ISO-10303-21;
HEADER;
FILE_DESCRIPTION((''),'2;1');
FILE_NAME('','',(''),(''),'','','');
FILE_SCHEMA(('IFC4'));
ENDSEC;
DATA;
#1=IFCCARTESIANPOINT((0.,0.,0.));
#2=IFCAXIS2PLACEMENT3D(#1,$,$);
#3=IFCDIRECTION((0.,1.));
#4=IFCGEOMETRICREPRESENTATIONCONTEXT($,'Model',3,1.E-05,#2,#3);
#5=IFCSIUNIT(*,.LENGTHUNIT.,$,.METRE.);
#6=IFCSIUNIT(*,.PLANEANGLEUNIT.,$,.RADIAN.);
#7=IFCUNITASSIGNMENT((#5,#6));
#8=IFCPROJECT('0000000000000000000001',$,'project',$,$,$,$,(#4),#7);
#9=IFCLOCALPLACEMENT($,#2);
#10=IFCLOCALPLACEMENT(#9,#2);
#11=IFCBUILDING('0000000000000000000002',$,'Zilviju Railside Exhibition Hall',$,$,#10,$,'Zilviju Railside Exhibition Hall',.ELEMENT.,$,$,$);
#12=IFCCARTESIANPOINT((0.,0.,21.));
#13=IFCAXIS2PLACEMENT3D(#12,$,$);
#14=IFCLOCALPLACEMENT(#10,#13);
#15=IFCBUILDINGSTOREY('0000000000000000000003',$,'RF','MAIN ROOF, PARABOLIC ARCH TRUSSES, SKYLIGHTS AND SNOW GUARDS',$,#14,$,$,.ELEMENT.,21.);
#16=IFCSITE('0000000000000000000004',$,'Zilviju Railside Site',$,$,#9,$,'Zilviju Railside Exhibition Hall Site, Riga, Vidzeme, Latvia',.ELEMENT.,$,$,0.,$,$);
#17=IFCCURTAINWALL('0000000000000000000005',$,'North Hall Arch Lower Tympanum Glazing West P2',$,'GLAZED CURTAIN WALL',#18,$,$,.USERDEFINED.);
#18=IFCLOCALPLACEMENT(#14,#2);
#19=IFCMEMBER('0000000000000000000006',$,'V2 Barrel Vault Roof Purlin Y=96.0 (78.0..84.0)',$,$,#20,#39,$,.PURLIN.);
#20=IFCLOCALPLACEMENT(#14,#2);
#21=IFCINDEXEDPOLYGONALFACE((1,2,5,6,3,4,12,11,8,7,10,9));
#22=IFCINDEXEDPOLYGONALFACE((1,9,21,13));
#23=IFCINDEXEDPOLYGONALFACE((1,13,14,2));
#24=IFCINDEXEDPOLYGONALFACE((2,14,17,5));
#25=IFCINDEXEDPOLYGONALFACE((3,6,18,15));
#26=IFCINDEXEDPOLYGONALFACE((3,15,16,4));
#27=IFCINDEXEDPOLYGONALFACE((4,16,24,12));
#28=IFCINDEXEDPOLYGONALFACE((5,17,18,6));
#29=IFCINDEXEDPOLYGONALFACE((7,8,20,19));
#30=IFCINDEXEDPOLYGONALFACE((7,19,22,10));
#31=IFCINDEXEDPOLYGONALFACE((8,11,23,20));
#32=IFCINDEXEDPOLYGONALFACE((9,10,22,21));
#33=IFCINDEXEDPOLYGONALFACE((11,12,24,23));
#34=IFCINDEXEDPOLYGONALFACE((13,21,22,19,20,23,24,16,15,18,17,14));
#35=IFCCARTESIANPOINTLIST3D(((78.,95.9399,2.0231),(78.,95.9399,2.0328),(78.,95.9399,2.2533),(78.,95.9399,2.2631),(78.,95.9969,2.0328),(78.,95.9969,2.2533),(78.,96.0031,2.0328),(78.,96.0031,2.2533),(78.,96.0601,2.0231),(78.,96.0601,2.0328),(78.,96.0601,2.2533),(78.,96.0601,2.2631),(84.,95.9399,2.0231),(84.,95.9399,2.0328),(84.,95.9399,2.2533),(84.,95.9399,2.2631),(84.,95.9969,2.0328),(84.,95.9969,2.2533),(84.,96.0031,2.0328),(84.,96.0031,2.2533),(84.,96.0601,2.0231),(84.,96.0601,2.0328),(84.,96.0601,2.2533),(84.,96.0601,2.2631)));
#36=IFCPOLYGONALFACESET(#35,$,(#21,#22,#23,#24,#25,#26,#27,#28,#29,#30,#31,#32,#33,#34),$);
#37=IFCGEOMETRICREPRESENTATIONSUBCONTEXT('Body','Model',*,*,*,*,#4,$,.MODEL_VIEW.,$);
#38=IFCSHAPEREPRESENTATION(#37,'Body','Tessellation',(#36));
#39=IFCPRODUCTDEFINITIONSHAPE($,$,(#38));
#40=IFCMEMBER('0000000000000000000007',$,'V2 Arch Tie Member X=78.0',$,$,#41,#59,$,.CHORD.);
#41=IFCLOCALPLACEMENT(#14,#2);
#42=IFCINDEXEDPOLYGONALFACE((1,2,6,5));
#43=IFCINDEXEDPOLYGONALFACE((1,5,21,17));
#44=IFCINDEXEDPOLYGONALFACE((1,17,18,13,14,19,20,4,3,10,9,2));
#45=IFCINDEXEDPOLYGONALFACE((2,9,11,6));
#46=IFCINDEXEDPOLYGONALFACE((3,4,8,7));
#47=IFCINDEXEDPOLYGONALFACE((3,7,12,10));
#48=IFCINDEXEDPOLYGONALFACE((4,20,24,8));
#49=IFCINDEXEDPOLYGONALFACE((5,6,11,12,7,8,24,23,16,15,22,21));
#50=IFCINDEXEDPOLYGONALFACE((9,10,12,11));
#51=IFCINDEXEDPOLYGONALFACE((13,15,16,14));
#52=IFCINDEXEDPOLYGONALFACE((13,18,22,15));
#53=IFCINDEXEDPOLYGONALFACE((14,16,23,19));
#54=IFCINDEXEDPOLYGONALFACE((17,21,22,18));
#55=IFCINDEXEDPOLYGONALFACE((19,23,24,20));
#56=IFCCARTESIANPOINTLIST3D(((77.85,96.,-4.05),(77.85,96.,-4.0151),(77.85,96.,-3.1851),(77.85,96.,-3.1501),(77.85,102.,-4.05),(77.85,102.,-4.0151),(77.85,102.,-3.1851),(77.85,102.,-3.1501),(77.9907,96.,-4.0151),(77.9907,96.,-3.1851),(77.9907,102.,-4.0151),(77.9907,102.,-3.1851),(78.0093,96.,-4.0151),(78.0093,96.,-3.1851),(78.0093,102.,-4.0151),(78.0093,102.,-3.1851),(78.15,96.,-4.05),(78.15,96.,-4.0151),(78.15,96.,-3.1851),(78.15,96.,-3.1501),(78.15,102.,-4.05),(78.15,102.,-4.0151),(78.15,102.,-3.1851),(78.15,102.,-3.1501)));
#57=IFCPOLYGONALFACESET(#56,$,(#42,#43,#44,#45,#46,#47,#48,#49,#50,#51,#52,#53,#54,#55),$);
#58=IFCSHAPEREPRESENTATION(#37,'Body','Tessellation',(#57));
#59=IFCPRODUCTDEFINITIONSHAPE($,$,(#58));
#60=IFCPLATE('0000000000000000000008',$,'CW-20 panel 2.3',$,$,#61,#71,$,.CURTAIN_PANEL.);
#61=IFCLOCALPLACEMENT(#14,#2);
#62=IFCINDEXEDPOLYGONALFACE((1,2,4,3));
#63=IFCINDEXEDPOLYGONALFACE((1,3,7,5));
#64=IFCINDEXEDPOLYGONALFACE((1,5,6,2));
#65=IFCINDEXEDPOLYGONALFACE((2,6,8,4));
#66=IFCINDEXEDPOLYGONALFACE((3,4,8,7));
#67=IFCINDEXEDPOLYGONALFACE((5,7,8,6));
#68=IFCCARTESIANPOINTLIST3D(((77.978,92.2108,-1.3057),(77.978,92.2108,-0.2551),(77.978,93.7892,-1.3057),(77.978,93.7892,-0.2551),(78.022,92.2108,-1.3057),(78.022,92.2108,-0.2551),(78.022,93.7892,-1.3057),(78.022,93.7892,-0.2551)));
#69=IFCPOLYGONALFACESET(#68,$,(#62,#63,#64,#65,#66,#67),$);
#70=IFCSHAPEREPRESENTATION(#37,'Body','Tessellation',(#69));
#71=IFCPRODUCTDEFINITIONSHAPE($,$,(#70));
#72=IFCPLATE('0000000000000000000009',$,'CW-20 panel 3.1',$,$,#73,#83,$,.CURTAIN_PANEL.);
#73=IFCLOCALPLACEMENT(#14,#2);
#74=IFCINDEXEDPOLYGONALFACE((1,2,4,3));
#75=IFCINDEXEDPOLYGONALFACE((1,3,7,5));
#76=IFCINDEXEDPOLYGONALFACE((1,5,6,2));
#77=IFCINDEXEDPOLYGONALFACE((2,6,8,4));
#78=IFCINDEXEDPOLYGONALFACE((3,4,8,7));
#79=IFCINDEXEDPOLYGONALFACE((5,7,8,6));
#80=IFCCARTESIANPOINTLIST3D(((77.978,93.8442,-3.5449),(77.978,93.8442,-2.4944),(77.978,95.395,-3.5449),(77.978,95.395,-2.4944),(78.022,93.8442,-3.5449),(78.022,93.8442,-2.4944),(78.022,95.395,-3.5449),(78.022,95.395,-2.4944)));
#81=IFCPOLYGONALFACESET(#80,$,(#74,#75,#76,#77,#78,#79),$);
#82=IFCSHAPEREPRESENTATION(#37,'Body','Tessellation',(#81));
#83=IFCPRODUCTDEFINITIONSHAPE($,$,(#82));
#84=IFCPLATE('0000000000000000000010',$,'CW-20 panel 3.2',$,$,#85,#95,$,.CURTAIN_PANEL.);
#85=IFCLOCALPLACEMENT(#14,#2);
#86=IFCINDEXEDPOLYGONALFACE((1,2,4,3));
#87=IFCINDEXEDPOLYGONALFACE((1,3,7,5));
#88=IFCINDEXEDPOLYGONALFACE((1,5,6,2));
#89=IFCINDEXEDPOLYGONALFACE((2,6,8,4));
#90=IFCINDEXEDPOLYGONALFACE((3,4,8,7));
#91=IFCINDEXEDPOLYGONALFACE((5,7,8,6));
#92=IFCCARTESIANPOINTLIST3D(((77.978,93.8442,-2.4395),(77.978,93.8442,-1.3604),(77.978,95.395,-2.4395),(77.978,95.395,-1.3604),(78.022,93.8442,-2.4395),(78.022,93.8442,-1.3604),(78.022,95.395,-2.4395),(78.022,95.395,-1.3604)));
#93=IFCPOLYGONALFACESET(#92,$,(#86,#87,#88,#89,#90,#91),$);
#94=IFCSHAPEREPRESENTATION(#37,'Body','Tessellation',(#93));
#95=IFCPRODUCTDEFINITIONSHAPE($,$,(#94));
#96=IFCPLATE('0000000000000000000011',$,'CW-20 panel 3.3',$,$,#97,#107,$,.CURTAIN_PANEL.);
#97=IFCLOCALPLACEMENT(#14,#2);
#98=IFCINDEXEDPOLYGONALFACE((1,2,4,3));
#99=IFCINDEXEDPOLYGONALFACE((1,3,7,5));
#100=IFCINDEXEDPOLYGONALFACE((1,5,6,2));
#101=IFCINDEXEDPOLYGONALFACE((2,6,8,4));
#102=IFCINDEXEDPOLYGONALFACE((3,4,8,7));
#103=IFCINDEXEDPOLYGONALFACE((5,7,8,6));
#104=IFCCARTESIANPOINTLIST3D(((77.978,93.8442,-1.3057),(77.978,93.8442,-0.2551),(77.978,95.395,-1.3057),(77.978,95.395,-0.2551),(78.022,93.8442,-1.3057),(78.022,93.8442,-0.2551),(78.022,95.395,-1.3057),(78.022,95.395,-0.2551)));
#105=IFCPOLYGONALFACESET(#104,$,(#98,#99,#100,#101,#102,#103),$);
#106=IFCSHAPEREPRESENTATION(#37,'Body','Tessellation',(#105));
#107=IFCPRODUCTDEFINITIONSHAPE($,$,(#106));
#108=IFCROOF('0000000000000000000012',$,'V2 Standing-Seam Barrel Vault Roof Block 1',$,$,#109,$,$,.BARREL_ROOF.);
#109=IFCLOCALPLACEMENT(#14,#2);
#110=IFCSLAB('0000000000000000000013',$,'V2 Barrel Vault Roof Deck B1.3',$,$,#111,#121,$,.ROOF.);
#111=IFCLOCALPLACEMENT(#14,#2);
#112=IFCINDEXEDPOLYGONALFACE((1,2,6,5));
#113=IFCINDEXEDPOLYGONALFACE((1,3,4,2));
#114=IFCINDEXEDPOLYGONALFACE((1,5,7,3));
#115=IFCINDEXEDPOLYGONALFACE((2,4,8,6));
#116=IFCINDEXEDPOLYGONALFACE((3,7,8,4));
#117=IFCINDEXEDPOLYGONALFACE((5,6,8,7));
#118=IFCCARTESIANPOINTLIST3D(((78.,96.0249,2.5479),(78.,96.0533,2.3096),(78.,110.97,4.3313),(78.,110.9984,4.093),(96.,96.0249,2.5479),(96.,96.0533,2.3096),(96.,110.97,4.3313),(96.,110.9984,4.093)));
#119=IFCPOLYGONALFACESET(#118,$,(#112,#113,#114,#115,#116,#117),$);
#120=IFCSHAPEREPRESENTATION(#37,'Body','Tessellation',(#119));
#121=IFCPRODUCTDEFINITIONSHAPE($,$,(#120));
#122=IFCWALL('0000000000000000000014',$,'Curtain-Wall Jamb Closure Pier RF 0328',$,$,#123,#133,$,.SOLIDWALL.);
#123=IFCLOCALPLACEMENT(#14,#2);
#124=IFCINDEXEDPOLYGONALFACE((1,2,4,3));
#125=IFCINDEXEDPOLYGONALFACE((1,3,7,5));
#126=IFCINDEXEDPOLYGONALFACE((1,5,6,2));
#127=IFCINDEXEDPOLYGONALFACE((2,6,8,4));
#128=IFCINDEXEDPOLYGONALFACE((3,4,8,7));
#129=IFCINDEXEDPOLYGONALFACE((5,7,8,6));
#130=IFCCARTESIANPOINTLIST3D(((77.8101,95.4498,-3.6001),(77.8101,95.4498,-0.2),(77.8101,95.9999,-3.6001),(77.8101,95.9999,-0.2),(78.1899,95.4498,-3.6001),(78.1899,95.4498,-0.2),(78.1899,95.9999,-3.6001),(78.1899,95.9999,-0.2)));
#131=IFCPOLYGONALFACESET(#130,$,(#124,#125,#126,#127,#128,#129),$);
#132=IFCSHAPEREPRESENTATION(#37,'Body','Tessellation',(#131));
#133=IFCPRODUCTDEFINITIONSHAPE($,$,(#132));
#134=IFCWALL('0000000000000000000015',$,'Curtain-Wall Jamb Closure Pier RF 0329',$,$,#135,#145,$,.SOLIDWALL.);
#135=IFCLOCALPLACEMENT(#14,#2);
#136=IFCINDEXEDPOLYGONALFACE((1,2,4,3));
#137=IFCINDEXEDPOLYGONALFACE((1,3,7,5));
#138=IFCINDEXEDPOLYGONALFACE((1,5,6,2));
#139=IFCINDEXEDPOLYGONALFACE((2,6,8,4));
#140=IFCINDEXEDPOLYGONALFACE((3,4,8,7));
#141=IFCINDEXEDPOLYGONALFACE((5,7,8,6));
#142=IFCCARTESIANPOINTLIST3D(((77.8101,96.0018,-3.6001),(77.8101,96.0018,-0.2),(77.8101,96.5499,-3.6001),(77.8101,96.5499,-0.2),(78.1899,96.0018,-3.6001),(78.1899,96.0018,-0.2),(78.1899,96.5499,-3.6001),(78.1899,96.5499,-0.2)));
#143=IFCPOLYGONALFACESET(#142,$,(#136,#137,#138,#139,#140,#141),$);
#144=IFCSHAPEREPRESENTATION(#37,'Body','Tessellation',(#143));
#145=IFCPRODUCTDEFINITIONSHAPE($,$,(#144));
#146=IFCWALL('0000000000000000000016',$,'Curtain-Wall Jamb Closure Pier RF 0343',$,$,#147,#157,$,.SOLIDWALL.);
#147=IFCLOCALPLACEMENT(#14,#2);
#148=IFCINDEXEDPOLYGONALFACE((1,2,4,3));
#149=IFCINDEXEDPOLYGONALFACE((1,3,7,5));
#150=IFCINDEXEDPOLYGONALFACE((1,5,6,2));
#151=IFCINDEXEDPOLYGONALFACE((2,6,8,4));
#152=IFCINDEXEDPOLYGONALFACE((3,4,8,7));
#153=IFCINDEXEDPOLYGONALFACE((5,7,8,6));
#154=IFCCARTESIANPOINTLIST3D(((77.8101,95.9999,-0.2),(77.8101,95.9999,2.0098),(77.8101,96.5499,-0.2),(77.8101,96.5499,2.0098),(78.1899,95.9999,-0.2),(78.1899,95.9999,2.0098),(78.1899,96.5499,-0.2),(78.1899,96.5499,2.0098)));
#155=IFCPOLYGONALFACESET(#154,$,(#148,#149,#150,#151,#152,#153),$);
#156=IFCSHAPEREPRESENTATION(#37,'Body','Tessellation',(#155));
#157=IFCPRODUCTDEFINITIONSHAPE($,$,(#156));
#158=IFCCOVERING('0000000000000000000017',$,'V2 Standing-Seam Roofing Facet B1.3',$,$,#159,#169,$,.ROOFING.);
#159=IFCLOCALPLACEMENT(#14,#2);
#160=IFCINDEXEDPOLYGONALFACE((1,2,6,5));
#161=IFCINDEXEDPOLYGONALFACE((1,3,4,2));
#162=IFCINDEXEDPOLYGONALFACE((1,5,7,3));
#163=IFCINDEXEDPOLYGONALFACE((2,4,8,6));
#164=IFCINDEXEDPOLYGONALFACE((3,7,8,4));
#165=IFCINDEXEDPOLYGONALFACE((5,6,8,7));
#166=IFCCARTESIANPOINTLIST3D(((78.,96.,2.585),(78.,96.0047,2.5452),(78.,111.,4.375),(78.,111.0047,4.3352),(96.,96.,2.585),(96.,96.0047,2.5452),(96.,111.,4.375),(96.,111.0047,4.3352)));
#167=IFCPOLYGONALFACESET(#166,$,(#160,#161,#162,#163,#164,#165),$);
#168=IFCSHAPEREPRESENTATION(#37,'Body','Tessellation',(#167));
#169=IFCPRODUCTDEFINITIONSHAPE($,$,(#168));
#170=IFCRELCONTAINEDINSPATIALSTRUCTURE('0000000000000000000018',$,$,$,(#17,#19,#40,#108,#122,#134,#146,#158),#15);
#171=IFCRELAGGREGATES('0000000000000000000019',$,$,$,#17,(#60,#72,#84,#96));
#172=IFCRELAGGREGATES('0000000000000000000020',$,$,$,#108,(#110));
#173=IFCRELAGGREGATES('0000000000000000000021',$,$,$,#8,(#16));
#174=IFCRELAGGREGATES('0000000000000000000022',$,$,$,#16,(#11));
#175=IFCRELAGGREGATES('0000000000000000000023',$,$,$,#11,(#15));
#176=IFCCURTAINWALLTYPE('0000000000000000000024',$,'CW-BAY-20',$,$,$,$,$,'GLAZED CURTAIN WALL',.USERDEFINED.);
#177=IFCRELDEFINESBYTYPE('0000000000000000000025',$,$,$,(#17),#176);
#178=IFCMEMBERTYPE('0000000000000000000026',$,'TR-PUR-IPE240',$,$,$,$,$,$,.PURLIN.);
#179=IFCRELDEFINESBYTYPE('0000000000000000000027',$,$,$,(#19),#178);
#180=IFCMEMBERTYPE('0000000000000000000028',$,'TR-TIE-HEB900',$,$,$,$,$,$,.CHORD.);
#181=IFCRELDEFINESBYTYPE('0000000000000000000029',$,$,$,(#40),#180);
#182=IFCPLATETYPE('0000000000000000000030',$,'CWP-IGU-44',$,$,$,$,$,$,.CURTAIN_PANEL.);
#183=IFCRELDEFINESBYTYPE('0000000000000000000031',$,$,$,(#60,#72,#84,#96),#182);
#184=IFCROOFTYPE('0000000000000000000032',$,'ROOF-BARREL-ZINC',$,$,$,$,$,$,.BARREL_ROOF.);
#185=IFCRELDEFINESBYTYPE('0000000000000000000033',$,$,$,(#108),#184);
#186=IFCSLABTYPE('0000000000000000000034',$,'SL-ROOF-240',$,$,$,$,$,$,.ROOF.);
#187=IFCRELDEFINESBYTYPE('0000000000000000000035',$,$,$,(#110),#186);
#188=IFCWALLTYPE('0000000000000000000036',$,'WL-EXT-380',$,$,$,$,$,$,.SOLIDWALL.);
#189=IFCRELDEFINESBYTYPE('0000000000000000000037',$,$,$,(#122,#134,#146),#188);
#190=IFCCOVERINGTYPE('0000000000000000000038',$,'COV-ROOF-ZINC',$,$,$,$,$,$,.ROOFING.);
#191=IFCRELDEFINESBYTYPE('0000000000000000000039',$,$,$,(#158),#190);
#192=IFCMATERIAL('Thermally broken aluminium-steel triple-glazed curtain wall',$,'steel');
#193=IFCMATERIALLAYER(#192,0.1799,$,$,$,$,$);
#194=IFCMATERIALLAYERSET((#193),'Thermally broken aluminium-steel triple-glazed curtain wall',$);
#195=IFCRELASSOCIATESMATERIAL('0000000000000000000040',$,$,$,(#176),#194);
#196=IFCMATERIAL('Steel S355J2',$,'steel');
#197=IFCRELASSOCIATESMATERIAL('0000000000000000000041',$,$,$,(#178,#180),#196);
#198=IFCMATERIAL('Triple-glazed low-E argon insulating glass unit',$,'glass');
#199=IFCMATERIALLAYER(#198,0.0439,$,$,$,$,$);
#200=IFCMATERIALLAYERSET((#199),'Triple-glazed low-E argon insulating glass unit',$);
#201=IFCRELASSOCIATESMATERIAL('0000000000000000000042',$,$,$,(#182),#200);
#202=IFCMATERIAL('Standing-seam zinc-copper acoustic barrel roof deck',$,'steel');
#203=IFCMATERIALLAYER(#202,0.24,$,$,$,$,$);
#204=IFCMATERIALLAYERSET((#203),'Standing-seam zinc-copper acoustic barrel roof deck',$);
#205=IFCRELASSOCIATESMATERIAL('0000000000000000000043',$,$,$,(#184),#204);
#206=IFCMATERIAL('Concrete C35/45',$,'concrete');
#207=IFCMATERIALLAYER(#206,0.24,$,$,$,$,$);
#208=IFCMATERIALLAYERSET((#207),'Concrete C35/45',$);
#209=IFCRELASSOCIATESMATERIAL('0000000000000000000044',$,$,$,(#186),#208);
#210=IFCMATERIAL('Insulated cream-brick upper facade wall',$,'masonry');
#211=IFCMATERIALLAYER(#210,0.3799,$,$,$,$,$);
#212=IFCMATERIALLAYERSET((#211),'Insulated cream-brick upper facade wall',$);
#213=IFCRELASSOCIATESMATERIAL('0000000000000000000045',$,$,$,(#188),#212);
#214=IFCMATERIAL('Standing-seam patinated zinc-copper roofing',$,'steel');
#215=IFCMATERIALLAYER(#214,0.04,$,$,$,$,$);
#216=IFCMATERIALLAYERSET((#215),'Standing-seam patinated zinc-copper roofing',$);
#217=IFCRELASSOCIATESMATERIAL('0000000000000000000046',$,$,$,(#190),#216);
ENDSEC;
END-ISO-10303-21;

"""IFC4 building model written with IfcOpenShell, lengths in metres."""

from ifc_helpers import new_model, si_unit, direction, frame, frame_2d, origin, origin_2d, place, context, subcontext, project, spatial, polyline, rectangle, i_section, outline, extrude, material, layer, layer_set, material_profile, profile_set, type_object, element, aggregate, save


model = new_model("IFC4")

# Units and contexts
model_context = context("Model", 3, precision=1e-05, world=origin(), true_north=direction((0.0, 1.0)))
body_context = subcontext(model_context, "Body", "Model", "MODEL_VIEW")
ifc_project = project(units=[si_unit("LENGTHUNIT", "METRE"), si_unit("PLANEANGLEUNIT", "RADIAN")], contexts=[model_context])

# Site, building, storey
site_placement = place(None, origin())
site = spatial("IfcSite", under=ifc_project, at=site_placement, Name="Zilviju Railside Site", LongName="Zilviju Railside Exhibition Hall Site, Riga, Vidzeme, Latvia", CompositionType="ELEMENT", RefElevation=0.0)
building_placement = place(site_placement, origin())
building = spatial("IfcBuilding", under=site, at=building_placement, Name="Zilviju Railside Exhibition Hall", LongName="Zilviju Railside Exhibition Hall", CompositionType="ELEMENT")
storey_placement = place(building_placement, frame((0.0, 0.0, 21.0)))
storey = spatial("IfcBuildingStorey", under=building, at=storey_placement, Name="RF", Description="MAIN ROOF, PARABOLIC ARCH TRUSSES, SKYLIGHTS AND SNOW GUARDS", CompositionType="ELEMENT", Elevation=21.0)

# Curtain wall
ifc_material_1 = material(Name="Thermally broken aluminium-steel triple-glazed curtain wall", Category="steel")
ifc_layer_1 = layer(ifc_material_1, 0.1799)
ifc_layer_set_1 = layer_set([ifc_layer_1], Name="Thermally broken aluminium-steel triple-glazed curtain wall")
curtain_wall_type_1 = type_object("IfcCurtainWallType", Name="CW-BAY-20", ElementType="GLAZED CURTAIN WALL", PredefinedType="USERDEFINED", material=ifc_layer_set_1)
curtain_wall_1_placement = place(storey_placement, origin())
curtain_wall_1 = element("IfcCurtainWall", 1, at=curtain_wall_1_placement, inside=storey, type_object=curtain_wall_type_1, Name="North Hall Arch Lower Tympanum Glazing West P2", ObjectType="GLAZED CURTAIN WALL", PredefinedType="USERDEFINED")

# Members
ifc_material_2 = material(Name="Steel S355J2", Category="steel")
ifc_material_profile_1 = material_profile(ifc_material_2, i_section(OverallWidth=0.1201, OverallDepth=0.24, WebThickness=0.0061, FlangeThickness=0.0098, at=origin_2d()), Name="IPE 240")
ifc_profile_set_1 = profile_set([ifc_material_profile_1], Name="Steel S355J2")
member_type_1 = type_object("IfcMemberType", Name="TR-PUR-IPE240", PredefinedType="PURLIN", material=ifc_profile_set_1)
member_1_placement = place(storey_placement, frame((78.0, 96.0, 2.1431), z_axis=(1.0, 0.0, 0.0), x_axis=(0.0, 1.0, 0.0)))
element("IfcMember", 2, at=member_1_placement, inside=storey, type_object=member_type_1, Name="V2 Barrel Vault Roof Purlin Y=96.0 (78.0..84.0)", PredefinedType="PURLIN", context=body_context, shape_type="SweptSolid", body=[
    extrude(i_section(OverallWidth=0.1201, OverallDepth=0.24, WebThickness=0.0061, FlangeThickness=0.0098, at=origin_2d()), origin(), (0.0, 0.0, 1.0), 6.0),
])
ifc_material_profile_2 = material_profile(ifc_material_2, i_section(OverallWidth=0.3, OverallDepth=0.8999, WebThickness=0.0186, FlangeThickness=0.0349, at=origin_2d()), Name="HEB 900")
ifc_profile_set_2 = profile_set([ifc_material_profile_2], Name="Steel S355J2")
member_type_2 = type_object("IfcMemberType", Name="TR-TIE-HEB900", PredefinedType="CHORD", material=ifc_profile_set_2)
member_2_placement = place(storey_placement, frame((78.0, 96.0, -3.6001), z_axis=(0.0, 1.0, 0.0), x_axis=(-1.0, 0.0, 0.0)))
element("IfcMember", 3, at=member_2_placement, inside=storey, type_object=member_type_2, Name="V2 Arch Tie Member X=78.0", PredefinedType="CHORD", context=body_context, shape_type="SweptSolid", body=[
    extrude(i_section(OverallWidth=0.3, OverallDepth=0.8999, WebThickness=0.0186, FlangeThickness=0.0349, at=origin_2d()), origin(), (0.0, 0.0, 1.0), 6.0),
])

# Plates
ifc_material_3 = material(Name="Triple-glazed low-E argon insulating glass unit", Category="glass")
ifc_layer_2 = layer(ifc_material_3, 0.0439)
ifc_layer_set_2 = layer_set([ifc_layer_2], Name="Triple-glazed low-E argon insulating glass unit")
plate_type = type_object("IfcPlateType", Name="CWP-IGU-44", PredefinedType="CURTAIN_PANEL", material=ifc_layer_set_2)
plate_1_placement = place(storey_placement, frame((78.0, 93.0, -1.3057), z_axis=(0.0, 0.0, 1.0), x_axis=(0.0, 1.0, 0.0)))
plate_1 = element("IfcPlate", 4, at=plate_1_placement, type_object=plate_type, Name="CW-20 panel 2.3", PredefinedType="CURTAIN_PANEL", context=body_context, shape_type="SweptSolid", body=[
    extrude(rectangle(XDim=1.5784, YDim=0.0439, at=origin_2d()), origin(), (0.0, 0.0, 1.0), 1.0505),
])
plate_2_placement = place(storey_placement, frame((78.0, 94.6196, -3.5449), z_axis=(0.0, 0.0, 1.0), x_axis=(0.0, 1.0, 0.0)))
plate_2 = element("IfcPlate", 5, at=plate_2_placement, type_object=plate_type, Name="CW-20 panel 3.1", PredefinedType="CURTAIN_PANEL", context=body_context, shape_type="SweptSolid", body=[
    extrude(rectangle(XDim=1.5508, YDim=0.0439, at=origin_2d()), origin(), (0.0, 0.0, 1.0), 1.0505),
])
plate_3_placement = place(storey_placement, frame((78.0, 94.6196, -2.4395), z_axis=(0.0, 0.0, 1.0), x_axis=(0.0, 1.0, 0.0)))
plate_3 = element("IfcPlate", 6, at=plate_3_placement, type_object=plate_type, Name="CW-20 panel 3.2", PredefinedType="CURTAIN_PANEL", context=body_context, shape_type="SweptSolid", body=[
    extrude(rectangle(XDim=1.5508, YDim=0.0439, at=origin_2d()), origin(), (0.0, 0.0, 1.0), 1.0791),
])
plate_4_placement = place(storey_placement, frame((78.0, 94.6196, -1.3057), z_axis=(0.0, 0.0, 1.0), x_axis=(0.0, 1.0, 0.0)))
plate_4 = element("IfcPlate", 7, at=plate_4_placement, type_object=plate_type, Name="CW-20 panel 3.3", PredefinedType="CURTAIN_PANEL", context=body_context, shape_type="SweptSolid", body=[
    extrude(rectangle(XDim=1.5508, YDim=0.0439, at=origin_2d()), origin(), (0.0, 0.0, 1.0), 1.0505),
])
aggregate(curtain_wall_1, [plate_1, plate_2, plate_3, plate_4])

# Roof, slab
ifc_material_4 = material(Name="Standing-seam zinc-copper acoustic barrel roof deck", Category="steel")
ifc_layer_3 = layer(ifc_material_4, 0.24)
ifc_layer_set_3 = layer_set([ifc_layer_3], Name="Standing-seam zinc-copper acoustic barrel roof deck")
roof_type = type_object("IfcRoofType", Name="ROOF-BARREL-ZINC", PredefinedType="BARREL_ROOF", material=ifc_layer_set_3)
roof_placement = place(storey_placement, origin())
roof = element("IfcRoof", 8, at=roof_placement, inside=storey, type_object=roof_type, Name="V2 Standing-Seam Barrel Vault Roof Block 1", PredefinedType="BARREL_ROOF")
ifc_material_5 = material(Name="Concrete C35/45", Category="concrete")
ifc_layer_4 = layer(ifc_material_5, 0.24)
ifc_layer_set_4 = layer_set([ifc_layer_4], Name="Concrete C35/45")
slab_type = type_object("IfcSlabType", Name="SL-ROOF-240", PredefinedType="ROOF", material=ifc_layer_set_4)
slab_placement = place(storey_placement, frame((78.0, 96.0249, 2.5479), z_axis=(0.0, -0.118493, 0.992955), x_axis=(1.0, 0.0, 0.0)))
slab = element("IfcSlab", 9, at=slab_placement, type_object=slab_type, Name="V2 Barrel Vault Roof Deck B1.3", PredefinedType="ROOF", context=body_context, shape_type="SweptSolid", body=[
    extrude(outline(polyline([(0.0, 0.0), (18.0, 0.0), (18.0, 15.0511), (0.0, 15.0511), (0.0, 0.0)])), origin(), (0.0, 0.0, -1.0), 0.24),
])
aggregate(roof, [slab])

# Walls
ifc_material_6 = material(Name="Insulated cream-brick upper facade wall", Category="masonry")
ifc_layer_5 = layer(ifc_material_6, 0.3799)
ifc_layer_set_5 = layer_set([ifc_layer_5], Name="Insulated cream-brick upper facade wall")
wall_type = type_object("IfcWallType", Name="WL-EXT-380", PredefinedType="SOLIDWALL", material=ifc_layer_set_5)
wall_1_placement = place(storey_placement, frame((78.0, 95.45, -3.6001), z_axis=(0.0, 0.0, 1.0), x_axis=(0.0, 1.0, 0.0)))
element("IfcWall", 10, at=wall_1_placement, inside=storey, type_object=wall_type, Name="Curtain-Wall Jamb Closure Pier RF 0328", PredefinedType="SOLIDWALL", context=body_context, shape_type="SweptSolid", body=[
    extrude(rectangle(XDim=0.55, YDim=0.3799, at=frame_2d((0.2749, 0.0))), origin(), (0.0, 0.0, 1.0), 3.4001),
])
wall_2_placement = place(storey_placement, frame((78.0, 96.002, -3.6001), z_axis=(0.0, 0.0, 1.0), x_axis=(0.0, 1.0, 0.0)))
element("IfcWall", 11, at=wall_2_placement, inside=storey, type_object=wall_type, Name="Curtain-Wall Jamb Closure Pier RF 0329", PredefinedType="SOLIDWALL", context=body_context, shape_type="SweptSolid", body=[
    extrude(rectangle(XDim=0.5481, YDim=0.3799, at=frame_2d((0.2739, 0.0))), origin(), (0.0, 0.0, 1.0), 3.4001),
])
wall_3_placement = place(storey_placement, frame((78.0, 96.0, -0.2), z_axis=(0.0, 0.0, 1.0), x_axis=(0.0, 1.0, 0.0)))
element("IfcWall", 12, at=wall_3_placement, inside=storey, type_object=wall_type, Name="Curtain-Wall Jamb Closure Pier RF 0343", PredefinedType="SOLIDWALL", context=body_context, shape_type="SweptSolid", body=[
    extrude(rectangle(XDim=0.55, YDim=0.3799, at=frame_2d((0.2749, 0.0))), origin(), (0.0, 0.0, 1.0), 2.2097),
])

# Covering
ifc_material_7 = material(Name="Standing-seam patinated zinc-copper roofing", Category="steel")
ifc_layer_6 = layer(ifc_material_7, 0.04)
ifc_layer_set_6 = layer_set([ifc_layer_6], Name="Standing-seam patinated zinc-copper roofing")
covering_type = type_object("IfcCoveringType", Name="COV-ROOF-ZINC", PredefinedType="ROOFING", material=ifc_layer_set_6)
covering_placement = place(storey_placement, frame((78.0, 96.0, 2.585), z_axis=(0.0, -0.118495, 0.992955), x_axis=(1.0, 0.0, 0.0)))
element("IfcCovering", 13, at=covering_placement, inside=storey, type_object=covering_type, Name="V2 Standing-Seam Roofing Facet B1.3", PredefinedType="ROOFING", context=body_context, shape_type="SweptSolid", body=[
    extrude(outline(polyline([(0.0, 0.0), (18.0, 0.0), (18.0, 15.1064), (0.0, 15.1064), (0.0, 0.0)])), origin(), (0.0, 0.0, -1.0), 0.04),
])

save(model, "model.ifc")
